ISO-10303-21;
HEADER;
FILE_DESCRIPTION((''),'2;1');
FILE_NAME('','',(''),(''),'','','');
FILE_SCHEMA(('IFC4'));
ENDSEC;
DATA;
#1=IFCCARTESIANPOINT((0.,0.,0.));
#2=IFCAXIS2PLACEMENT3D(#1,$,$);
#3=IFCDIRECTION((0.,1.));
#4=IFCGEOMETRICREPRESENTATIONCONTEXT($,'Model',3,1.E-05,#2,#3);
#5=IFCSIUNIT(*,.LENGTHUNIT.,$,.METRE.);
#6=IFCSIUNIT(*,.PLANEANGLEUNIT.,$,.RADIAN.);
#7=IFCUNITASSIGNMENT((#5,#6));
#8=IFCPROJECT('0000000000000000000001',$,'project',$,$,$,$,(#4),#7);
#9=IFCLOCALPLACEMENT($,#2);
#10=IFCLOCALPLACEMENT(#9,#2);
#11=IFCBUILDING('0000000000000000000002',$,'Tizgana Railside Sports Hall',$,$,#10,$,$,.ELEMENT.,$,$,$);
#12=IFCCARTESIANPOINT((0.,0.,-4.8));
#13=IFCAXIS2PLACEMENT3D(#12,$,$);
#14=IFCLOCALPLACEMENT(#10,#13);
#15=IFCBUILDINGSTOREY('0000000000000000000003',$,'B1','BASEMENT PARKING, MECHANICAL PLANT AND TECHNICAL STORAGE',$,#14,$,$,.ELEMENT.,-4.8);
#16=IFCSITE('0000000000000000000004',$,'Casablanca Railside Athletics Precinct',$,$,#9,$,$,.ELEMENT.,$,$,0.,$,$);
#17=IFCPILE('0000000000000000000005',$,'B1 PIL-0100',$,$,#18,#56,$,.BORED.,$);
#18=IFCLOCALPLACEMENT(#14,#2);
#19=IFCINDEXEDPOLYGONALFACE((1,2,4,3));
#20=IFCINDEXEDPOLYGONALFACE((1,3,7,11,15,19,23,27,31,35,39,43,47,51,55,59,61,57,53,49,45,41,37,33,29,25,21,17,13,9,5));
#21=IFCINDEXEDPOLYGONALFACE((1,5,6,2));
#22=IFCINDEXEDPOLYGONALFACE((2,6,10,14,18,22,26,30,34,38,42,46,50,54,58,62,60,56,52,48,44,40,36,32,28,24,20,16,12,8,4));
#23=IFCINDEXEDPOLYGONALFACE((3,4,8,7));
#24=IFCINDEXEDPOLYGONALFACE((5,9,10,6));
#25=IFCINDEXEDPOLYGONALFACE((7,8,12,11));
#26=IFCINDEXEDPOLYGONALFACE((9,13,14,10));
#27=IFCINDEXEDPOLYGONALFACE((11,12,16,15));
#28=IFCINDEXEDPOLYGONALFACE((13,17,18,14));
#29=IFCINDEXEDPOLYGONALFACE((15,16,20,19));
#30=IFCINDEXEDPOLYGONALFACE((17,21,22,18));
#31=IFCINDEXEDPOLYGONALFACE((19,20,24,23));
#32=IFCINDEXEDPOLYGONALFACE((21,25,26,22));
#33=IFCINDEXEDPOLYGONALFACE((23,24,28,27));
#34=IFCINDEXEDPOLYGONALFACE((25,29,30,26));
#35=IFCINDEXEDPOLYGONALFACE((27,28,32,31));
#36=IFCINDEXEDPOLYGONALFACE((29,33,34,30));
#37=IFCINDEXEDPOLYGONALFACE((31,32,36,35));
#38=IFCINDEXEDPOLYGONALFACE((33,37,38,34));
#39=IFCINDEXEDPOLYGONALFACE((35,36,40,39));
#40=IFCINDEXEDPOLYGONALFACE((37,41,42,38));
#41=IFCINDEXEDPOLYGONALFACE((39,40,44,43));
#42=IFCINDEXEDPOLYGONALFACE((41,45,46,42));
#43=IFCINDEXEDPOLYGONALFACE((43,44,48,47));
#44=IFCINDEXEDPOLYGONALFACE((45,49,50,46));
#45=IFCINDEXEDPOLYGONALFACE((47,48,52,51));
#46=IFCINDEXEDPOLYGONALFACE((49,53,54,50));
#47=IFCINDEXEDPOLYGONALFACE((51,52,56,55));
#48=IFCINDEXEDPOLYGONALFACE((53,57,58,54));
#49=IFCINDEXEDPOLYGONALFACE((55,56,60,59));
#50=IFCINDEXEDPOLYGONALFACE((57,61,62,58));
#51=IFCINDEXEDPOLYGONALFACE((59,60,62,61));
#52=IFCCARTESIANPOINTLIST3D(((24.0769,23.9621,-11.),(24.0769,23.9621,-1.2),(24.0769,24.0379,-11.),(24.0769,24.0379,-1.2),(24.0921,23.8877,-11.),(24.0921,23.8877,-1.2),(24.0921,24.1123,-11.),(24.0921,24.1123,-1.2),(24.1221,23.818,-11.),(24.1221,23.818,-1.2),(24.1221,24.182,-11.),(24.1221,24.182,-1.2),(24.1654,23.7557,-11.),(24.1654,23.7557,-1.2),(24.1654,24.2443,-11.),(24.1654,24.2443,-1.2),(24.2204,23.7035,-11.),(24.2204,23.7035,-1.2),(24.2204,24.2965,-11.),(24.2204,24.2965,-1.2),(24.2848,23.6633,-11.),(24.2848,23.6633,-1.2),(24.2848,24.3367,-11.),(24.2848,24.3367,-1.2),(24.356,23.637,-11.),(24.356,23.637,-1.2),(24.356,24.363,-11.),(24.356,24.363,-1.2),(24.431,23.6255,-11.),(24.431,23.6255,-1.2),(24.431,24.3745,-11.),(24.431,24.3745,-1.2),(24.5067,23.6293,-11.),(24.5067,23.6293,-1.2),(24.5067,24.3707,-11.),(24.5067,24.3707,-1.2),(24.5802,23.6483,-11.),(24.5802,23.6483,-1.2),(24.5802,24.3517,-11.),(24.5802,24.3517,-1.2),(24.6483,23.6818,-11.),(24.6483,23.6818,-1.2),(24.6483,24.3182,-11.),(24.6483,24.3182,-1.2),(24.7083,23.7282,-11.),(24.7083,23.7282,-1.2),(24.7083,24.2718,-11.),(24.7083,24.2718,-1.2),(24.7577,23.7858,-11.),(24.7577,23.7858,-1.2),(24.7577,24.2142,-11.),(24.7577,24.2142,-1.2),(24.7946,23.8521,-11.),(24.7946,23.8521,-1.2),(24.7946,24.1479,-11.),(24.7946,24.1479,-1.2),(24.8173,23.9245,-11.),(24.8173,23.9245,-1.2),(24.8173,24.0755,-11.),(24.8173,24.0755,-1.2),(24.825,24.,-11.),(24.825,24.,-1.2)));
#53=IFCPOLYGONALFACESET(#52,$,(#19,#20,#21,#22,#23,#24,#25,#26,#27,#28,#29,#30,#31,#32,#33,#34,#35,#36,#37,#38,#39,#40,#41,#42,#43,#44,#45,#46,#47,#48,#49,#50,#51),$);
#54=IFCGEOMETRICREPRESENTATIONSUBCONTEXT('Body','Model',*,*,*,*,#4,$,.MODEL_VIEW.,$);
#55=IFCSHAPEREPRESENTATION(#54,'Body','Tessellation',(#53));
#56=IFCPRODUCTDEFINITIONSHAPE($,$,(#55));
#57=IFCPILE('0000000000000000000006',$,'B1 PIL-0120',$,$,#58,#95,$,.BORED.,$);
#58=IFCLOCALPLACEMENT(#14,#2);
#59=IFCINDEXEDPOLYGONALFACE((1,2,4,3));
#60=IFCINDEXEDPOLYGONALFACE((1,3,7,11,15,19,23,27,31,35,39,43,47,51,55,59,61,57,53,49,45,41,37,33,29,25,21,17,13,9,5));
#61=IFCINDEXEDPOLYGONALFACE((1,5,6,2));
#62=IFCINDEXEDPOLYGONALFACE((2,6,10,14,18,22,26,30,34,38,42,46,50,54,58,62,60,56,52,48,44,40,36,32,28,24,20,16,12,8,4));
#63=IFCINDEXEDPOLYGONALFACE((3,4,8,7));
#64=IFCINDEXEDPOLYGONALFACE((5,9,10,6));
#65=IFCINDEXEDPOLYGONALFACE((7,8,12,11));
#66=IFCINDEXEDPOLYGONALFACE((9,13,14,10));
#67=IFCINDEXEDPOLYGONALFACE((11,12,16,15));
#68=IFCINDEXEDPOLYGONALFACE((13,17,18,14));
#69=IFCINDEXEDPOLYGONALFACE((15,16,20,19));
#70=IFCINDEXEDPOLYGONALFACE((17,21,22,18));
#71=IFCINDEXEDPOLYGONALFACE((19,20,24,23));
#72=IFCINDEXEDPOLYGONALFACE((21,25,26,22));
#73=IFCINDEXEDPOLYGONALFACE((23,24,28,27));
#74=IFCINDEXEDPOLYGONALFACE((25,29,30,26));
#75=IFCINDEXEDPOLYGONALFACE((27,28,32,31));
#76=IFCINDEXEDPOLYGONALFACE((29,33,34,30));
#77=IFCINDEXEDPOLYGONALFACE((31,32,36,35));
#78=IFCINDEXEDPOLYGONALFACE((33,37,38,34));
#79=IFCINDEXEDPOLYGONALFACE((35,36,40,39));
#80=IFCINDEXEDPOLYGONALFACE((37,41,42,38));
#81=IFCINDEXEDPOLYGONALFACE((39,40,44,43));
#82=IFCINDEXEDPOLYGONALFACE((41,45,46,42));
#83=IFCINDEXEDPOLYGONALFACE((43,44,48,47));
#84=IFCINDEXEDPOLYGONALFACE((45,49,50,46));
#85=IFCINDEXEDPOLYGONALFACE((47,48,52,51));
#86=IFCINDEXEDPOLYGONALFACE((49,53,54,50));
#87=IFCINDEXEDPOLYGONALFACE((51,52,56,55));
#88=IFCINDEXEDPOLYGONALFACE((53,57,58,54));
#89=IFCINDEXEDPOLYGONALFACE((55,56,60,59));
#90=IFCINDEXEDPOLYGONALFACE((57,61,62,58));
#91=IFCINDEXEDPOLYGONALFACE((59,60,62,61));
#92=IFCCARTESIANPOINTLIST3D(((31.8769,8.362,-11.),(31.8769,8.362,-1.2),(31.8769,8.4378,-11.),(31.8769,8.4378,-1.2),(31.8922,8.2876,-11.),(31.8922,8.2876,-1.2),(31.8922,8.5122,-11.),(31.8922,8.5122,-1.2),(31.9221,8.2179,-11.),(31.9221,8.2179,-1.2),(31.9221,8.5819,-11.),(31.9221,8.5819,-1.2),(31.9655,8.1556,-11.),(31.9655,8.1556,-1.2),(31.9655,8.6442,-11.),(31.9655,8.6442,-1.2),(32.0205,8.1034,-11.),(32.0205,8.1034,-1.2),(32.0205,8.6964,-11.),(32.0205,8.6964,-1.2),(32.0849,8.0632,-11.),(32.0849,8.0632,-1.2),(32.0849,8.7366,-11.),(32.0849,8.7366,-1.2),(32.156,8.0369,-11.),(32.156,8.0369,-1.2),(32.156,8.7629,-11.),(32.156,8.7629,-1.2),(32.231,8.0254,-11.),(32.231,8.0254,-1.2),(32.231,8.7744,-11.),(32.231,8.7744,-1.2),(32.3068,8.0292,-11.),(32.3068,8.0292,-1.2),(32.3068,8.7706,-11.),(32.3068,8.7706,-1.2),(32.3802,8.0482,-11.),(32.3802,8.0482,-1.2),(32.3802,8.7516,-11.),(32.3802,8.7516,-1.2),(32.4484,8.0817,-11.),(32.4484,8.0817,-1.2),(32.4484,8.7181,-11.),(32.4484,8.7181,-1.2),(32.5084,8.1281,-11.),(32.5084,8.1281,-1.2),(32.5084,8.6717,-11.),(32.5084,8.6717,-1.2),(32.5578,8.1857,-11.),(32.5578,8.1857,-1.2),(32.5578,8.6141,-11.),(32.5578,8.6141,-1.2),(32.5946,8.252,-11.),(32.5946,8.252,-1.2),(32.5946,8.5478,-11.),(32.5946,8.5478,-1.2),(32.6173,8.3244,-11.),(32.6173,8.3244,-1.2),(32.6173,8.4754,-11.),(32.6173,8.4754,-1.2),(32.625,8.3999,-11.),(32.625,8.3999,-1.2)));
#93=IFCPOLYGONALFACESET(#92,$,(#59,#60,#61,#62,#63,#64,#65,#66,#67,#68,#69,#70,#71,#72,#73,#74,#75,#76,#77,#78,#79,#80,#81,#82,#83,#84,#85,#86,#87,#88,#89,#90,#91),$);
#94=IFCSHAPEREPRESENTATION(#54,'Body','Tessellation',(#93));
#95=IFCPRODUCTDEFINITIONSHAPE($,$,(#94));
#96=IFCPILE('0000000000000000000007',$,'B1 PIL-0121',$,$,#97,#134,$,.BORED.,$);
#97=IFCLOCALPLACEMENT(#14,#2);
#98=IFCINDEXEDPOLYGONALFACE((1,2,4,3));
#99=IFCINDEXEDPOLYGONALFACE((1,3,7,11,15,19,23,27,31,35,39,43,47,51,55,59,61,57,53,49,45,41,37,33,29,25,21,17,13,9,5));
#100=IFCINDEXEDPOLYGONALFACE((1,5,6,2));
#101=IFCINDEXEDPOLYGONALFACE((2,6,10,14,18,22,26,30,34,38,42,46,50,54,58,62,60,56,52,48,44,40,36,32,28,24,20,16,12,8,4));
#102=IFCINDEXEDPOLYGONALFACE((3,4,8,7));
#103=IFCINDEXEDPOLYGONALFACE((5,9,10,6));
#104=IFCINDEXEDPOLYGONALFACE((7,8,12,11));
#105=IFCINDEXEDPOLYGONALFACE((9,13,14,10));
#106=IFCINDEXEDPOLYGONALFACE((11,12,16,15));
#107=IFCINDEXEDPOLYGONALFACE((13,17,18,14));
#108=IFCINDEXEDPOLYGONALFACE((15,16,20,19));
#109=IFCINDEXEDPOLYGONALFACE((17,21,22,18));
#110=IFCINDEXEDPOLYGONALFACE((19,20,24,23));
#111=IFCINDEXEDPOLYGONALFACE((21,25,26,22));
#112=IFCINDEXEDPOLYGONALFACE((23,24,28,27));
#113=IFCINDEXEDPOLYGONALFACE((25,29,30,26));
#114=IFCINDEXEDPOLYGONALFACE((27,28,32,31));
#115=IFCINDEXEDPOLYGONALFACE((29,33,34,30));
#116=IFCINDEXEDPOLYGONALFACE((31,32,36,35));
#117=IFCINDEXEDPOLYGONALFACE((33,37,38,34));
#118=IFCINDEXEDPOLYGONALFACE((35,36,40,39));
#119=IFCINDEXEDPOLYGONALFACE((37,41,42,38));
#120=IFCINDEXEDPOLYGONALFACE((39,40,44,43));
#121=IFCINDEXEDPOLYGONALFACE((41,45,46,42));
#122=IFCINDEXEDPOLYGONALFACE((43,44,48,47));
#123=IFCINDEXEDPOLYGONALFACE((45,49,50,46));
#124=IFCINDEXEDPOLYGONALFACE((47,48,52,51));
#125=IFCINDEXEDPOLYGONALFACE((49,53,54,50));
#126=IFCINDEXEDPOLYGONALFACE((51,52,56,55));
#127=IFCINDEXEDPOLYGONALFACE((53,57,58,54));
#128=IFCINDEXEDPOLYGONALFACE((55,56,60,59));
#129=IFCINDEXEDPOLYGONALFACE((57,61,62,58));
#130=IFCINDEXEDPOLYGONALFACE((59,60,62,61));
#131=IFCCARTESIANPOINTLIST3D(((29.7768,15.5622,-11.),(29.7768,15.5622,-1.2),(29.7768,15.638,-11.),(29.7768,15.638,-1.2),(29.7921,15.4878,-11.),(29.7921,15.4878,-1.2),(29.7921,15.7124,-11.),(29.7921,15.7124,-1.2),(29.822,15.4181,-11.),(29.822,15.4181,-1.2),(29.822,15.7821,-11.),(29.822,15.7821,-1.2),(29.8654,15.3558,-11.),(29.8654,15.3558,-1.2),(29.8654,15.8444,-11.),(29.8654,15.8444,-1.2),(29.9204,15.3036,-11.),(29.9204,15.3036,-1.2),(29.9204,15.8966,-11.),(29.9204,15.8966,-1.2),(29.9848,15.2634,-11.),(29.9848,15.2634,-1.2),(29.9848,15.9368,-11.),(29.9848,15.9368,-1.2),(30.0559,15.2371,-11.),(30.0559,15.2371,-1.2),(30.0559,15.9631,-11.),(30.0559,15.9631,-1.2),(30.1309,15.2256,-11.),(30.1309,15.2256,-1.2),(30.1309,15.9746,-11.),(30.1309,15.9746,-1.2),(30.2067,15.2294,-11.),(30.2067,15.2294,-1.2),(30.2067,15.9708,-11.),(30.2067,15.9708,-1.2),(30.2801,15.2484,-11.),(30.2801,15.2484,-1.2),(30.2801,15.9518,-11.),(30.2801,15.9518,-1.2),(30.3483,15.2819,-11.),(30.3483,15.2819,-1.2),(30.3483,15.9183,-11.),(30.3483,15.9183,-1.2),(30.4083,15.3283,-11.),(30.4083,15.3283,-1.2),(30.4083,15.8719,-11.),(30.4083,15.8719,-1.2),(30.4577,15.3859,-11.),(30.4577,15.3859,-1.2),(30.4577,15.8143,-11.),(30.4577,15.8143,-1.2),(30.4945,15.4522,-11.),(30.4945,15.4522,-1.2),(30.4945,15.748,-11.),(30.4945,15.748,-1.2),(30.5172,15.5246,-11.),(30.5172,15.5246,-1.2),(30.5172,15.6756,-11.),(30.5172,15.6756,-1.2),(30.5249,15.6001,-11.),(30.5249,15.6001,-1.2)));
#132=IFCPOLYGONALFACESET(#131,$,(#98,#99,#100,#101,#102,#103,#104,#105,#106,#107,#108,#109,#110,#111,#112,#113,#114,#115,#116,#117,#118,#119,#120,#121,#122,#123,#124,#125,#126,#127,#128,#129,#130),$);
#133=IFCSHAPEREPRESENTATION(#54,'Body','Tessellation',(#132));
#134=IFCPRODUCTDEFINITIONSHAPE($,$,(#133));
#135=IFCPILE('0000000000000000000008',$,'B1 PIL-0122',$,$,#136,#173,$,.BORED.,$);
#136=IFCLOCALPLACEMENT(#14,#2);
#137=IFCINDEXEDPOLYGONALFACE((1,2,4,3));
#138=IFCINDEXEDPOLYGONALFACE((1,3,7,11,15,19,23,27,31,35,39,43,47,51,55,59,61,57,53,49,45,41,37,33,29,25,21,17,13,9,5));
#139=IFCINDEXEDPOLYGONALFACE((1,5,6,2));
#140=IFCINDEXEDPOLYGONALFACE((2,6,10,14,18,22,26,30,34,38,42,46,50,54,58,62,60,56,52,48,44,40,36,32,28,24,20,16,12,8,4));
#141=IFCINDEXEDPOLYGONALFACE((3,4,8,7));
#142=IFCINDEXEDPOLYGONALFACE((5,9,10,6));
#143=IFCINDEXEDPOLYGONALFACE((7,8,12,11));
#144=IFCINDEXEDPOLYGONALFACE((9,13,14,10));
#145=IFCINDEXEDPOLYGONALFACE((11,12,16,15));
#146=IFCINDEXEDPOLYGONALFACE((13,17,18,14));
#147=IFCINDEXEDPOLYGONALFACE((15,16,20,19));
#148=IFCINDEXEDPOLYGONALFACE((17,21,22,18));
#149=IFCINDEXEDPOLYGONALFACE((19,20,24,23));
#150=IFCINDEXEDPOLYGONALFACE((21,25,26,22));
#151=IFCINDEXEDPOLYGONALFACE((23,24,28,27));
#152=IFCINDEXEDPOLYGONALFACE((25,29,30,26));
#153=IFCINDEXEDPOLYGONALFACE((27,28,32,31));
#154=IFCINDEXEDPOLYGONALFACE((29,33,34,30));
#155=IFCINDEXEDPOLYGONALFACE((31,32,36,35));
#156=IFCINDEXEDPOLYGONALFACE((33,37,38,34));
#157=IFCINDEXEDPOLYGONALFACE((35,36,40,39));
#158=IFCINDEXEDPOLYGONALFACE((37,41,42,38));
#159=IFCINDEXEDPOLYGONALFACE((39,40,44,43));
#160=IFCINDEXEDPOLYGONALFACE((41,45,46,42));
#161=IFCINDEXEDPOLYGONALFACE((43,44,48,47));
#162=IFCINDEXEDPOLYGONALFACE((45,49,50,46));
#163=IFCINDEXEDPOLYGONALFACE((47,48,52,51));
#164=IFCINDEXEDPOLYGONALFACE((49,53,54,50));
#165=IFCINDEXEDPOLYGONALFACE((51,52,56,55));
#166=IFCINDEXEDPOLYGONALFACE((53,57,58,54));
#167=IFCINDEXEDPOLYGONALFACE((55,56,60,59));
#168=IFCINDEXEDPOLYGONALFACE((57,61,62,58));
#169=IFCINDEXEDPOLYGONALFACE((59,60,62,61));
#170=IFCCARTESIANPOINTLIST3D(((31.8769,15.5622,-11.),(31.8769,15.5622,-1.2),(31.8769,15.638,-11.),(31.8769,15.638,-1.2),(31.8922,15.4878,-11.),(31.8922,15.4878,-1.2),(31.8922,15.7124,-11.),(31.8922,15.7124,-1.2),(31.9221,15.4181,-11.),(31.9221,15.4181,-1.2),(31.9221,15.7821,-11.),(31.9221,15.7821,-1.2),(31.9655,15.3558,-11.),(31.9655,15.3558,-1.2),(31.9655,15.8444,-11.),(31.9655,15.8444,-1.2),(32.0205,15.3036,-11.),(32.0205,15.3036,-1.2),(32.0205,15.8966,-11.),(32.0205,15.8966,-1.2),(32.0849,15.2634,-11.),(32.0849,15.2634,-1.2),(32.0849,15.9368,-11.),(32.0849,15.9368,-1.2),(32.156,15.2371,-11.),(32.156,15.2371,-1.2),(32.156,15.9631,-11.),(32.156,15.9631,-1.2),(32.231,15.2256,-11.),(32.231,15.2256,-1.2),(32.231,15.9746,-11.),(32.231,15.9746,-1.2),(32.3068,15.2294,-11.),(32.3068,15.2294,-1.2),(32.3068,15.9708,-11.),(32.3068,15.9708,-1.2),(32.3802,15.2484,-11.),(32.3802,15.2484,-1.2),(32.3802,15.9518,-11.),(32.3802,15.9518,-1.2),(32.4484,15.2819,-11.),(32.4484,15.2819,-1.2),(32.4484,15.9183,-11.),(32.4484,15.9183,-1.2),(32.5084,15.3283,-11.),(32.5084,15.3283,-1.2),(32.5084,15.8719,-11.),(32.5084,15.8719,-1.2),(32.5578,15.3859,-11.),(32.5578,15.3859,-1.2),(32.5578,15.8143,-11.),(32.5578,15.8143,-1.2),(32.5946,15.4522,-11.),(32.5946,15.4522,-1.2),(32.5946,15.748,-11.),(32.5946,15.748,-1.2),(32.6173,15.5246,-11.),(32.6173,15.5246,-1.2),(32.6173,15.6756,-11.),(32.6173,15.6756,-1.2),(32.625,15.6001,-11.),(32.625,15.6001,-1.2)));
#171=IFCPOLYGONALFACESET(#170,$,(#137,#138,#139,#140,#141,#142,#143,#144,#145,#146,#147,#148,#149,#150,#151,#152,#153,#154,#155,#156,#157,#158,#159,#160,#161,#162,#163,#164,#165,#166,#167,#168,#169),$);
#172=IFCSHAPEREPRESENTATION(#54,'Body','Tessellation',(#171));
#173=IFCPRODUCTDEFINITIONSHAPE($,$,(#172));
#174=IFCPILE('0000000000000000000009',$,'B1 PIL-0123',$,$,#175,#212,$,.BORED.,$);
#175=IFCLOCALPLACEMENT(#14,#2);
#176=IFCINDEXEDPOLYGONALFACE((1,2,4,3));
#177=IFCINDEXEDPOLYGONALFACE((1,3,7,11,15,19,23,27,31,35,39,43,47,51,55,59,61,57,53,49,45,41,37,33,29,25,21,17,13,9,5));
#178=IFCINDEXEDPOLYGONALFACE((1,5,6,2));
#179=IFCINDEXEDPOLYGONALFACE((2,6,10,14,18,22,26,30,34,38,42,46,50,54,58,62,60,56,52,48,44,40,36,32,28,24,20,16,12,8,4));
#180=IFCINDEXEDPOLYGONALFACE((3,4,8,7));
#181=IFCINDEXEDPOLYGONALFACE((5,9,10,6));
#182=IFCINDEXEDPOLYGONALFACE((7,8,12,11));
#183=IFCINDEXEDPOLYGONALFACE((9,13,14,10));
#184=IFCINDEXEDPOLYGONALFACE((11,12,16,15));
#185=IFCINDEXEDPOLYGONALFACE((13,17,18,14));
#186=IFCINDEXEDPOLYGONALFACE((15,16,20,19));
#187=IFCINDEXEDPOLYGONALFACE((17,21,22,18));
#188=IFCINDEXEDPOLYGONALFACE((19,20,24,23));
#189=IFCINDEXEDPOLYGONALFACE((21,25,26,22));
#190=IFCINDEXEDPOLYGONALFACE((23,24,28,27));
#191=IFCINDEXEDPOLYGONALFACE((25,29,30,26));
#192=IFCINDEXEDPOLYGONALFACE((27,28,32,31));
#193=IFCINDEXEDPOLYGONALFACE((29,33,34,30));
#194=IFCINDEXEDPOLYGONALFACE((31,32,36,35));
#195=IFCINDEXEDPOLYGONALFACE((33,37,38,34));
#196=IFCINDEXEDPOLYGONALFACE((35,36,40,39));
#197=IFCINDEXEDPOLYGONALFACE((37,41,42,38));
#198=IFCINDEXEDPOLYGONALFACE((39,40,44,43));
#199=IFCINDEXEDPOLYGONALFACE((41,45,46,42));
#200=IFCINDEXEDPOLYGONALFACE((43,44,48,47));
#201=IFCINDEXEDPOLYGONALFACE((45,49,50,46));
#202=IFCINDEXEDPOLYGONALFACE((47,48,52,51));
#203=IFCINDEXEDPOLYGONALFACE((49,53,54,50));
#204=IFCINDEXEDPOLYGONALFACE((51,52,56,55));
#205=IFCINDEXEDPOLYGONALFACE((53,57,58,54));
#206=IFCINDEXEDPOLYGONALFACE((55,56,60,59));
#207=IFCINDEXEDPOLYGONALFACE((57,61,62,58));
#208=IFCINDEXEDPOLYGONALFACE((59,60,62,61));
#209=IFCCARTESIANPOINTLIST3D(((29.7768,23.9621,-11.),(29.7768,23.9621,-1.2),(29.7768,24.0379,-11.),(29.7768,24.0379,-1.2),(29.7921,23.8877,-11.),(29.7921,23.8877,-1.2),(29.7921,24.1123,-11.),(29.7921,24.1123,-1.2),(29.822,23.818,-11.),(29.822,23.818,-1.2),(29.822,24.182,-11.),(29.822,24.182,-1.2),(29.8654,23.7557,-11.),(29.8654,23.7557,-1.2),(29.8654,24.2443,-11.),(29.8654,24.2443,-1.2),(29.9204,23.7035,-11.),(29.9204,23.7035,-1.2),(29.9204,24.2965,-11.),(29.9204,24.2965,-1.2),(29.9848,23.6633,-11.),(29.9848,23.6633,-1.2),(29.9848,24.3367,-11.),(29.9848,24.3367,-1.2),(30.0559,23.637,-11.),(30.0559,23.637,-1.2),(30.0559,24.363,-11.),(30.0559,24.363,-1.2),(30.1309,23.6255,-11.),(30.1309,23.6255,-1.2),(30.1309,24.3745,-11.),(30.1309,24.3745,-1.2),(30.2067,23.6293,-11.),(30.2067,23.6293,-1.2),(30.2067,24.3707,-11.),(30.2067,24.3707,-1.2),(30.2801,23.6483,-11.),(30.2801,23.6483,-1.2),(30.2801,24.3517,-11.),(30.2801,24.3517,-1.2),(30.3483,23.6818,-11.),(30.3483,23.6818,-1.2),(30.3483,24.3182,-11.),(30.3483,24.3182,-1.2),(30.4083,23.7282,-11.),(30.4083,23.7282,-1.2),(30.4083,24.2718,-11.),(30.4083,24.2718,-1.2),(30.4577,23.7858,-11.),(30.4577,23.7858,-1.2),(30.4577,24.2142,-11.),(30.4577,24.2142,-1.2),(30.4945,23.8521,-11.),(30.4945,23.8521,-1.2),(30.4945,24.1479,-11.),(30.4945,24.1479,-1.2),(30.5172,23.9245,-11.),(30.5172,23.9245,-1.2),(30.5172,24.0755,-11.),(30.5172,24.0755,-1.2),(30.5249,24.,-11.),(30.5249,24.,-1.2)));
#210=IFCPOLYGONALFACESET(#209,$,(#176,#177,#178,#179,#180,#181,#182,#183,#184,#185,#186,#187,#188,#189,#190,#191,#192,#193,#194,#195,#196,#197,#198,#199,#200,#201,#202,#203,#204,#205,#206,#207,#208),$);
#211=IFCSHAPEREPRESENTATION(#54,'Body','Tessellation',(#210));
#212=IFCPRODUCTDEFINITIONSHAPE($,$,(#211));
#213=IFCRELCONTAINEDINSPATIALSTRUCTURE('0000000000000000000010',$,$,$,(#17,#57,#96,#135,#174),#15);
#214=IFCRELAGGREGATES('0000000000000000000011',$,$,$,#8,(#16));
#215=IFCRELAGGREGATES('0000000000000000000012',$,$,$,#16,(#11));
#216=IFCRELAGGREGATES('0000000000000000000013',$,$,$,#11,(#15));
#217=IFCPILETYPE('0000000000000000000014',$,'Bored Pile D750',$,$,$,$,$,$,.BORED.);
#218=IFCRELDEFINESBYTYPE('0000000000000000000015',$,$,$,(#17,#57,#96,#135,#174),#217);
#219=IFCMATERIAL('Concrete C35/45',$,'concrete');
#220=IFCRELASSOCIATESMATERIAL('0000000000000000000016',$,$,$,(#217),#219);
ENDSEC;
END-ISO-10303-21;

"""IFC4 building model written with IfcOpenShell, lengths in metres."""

from ifc_helpers import new_model, si_unit, direction, frame, origin, origin_2d, place, context, subcontext, project, spatial, circle, extrude, material, material_profile, profile_set, type_object, element, save


model = new_model("IFC4")

# Units and contexts
model_context = context("Model", 3, precision=1e-05, world=origin(), true_north=direction((0.0, 1.0)))
body_context = subcontext(model_context, "Body", "Model", "MODEL_VIEW")
ifc_project = project(units=[si_unit("LENGTHUNIT", "METRE"), si_unit("PLANEANGLEUNIT", "RADIAN")], contexts=[model_context])

# Site, building, storey
site_placement = place(None, origin())
site = spatial("IfcSite", under=ifc_project, at=site_placement, Name="Casablanca Railside Athletics Precinct", CompositionType="ELEMENT", RefElevation=0.0)
building_placement = place(site_placement, origin())
building = spatial("IfcBuilding", under=site, at=building_placement, Name="Tizgana Railside Sports Hall", CompositionType="ELEMENT")
storey_placement = place(building_placement, frame((0.0, 0.0, -4.8)))
storey = spatial("IfcBuildingStorey", under=building, at=storey_placement, Name="B1", Description="BASEMENT PARKING, MECHANICAL PLANT AND TECHNICAL STORAGE", CompositionType="ELEMENT", Elevation=-4.8)

# Piles
ifc_material_1 = material(Name="Concrete C35/45", Category="concrete")
ifc_material_profile_1 = material_profile(ifc_material_1, circle(Radius=0.375, at=origin_2d()), Name="PILE D750")
ifc_profile_set_1 = profile_set([ifc_material_profile_1], Name="Concrete C35/45")
pile_type = type_object("IfcPileType", Name="Bored Pile D750", PredefinedType="BORED", material=ifc_profile_set_1)
for number, where, z_axis, x_axis, name in (
    (1, (24.45, 24.0, -1.2), (0.0, 0.0, -1.0), (1.0, 0.0, 0.0), "B1 PIL-0100"),
    (2, (32.25, 8.3999, -1.2), (0.0, 0.0, -1.0), (1.0, 0.0, 0.0), "B1 PIL-0120"),
    (3, (30.1499, 15.6001, -1.2), (0.0, 0.0, -1.0), (1.0, 0.0, 0.0), "B1 PIL-0121"),
    (4, (32.25, 15.6001, -1.2), (0.0, 0.0, -1.0), (1.0, 0.0, 0.0), "B1 PIL-0122"),
    (5, (30.1499, 24.0, -1.2), (0.0, 0.0, -1.0), (1.0, 0.0, 0.0), "B1 PIL-0123"),
):
    element("IfcPile", number, at=place(storey_placement, frame(where, z_axis=z_axis, x_axis=x_axis)), inside=storey, type_object=pile_type, Name=name, PredefinedType="BORED", context=body_context, shape_type="SweptSolid", body=[
        extrude(circle(Radius=0.375, at=origin_2d()), origin(), (0.0, 0.0, 1.0), 9.8),
    ])

save(model, "model.ifc")
